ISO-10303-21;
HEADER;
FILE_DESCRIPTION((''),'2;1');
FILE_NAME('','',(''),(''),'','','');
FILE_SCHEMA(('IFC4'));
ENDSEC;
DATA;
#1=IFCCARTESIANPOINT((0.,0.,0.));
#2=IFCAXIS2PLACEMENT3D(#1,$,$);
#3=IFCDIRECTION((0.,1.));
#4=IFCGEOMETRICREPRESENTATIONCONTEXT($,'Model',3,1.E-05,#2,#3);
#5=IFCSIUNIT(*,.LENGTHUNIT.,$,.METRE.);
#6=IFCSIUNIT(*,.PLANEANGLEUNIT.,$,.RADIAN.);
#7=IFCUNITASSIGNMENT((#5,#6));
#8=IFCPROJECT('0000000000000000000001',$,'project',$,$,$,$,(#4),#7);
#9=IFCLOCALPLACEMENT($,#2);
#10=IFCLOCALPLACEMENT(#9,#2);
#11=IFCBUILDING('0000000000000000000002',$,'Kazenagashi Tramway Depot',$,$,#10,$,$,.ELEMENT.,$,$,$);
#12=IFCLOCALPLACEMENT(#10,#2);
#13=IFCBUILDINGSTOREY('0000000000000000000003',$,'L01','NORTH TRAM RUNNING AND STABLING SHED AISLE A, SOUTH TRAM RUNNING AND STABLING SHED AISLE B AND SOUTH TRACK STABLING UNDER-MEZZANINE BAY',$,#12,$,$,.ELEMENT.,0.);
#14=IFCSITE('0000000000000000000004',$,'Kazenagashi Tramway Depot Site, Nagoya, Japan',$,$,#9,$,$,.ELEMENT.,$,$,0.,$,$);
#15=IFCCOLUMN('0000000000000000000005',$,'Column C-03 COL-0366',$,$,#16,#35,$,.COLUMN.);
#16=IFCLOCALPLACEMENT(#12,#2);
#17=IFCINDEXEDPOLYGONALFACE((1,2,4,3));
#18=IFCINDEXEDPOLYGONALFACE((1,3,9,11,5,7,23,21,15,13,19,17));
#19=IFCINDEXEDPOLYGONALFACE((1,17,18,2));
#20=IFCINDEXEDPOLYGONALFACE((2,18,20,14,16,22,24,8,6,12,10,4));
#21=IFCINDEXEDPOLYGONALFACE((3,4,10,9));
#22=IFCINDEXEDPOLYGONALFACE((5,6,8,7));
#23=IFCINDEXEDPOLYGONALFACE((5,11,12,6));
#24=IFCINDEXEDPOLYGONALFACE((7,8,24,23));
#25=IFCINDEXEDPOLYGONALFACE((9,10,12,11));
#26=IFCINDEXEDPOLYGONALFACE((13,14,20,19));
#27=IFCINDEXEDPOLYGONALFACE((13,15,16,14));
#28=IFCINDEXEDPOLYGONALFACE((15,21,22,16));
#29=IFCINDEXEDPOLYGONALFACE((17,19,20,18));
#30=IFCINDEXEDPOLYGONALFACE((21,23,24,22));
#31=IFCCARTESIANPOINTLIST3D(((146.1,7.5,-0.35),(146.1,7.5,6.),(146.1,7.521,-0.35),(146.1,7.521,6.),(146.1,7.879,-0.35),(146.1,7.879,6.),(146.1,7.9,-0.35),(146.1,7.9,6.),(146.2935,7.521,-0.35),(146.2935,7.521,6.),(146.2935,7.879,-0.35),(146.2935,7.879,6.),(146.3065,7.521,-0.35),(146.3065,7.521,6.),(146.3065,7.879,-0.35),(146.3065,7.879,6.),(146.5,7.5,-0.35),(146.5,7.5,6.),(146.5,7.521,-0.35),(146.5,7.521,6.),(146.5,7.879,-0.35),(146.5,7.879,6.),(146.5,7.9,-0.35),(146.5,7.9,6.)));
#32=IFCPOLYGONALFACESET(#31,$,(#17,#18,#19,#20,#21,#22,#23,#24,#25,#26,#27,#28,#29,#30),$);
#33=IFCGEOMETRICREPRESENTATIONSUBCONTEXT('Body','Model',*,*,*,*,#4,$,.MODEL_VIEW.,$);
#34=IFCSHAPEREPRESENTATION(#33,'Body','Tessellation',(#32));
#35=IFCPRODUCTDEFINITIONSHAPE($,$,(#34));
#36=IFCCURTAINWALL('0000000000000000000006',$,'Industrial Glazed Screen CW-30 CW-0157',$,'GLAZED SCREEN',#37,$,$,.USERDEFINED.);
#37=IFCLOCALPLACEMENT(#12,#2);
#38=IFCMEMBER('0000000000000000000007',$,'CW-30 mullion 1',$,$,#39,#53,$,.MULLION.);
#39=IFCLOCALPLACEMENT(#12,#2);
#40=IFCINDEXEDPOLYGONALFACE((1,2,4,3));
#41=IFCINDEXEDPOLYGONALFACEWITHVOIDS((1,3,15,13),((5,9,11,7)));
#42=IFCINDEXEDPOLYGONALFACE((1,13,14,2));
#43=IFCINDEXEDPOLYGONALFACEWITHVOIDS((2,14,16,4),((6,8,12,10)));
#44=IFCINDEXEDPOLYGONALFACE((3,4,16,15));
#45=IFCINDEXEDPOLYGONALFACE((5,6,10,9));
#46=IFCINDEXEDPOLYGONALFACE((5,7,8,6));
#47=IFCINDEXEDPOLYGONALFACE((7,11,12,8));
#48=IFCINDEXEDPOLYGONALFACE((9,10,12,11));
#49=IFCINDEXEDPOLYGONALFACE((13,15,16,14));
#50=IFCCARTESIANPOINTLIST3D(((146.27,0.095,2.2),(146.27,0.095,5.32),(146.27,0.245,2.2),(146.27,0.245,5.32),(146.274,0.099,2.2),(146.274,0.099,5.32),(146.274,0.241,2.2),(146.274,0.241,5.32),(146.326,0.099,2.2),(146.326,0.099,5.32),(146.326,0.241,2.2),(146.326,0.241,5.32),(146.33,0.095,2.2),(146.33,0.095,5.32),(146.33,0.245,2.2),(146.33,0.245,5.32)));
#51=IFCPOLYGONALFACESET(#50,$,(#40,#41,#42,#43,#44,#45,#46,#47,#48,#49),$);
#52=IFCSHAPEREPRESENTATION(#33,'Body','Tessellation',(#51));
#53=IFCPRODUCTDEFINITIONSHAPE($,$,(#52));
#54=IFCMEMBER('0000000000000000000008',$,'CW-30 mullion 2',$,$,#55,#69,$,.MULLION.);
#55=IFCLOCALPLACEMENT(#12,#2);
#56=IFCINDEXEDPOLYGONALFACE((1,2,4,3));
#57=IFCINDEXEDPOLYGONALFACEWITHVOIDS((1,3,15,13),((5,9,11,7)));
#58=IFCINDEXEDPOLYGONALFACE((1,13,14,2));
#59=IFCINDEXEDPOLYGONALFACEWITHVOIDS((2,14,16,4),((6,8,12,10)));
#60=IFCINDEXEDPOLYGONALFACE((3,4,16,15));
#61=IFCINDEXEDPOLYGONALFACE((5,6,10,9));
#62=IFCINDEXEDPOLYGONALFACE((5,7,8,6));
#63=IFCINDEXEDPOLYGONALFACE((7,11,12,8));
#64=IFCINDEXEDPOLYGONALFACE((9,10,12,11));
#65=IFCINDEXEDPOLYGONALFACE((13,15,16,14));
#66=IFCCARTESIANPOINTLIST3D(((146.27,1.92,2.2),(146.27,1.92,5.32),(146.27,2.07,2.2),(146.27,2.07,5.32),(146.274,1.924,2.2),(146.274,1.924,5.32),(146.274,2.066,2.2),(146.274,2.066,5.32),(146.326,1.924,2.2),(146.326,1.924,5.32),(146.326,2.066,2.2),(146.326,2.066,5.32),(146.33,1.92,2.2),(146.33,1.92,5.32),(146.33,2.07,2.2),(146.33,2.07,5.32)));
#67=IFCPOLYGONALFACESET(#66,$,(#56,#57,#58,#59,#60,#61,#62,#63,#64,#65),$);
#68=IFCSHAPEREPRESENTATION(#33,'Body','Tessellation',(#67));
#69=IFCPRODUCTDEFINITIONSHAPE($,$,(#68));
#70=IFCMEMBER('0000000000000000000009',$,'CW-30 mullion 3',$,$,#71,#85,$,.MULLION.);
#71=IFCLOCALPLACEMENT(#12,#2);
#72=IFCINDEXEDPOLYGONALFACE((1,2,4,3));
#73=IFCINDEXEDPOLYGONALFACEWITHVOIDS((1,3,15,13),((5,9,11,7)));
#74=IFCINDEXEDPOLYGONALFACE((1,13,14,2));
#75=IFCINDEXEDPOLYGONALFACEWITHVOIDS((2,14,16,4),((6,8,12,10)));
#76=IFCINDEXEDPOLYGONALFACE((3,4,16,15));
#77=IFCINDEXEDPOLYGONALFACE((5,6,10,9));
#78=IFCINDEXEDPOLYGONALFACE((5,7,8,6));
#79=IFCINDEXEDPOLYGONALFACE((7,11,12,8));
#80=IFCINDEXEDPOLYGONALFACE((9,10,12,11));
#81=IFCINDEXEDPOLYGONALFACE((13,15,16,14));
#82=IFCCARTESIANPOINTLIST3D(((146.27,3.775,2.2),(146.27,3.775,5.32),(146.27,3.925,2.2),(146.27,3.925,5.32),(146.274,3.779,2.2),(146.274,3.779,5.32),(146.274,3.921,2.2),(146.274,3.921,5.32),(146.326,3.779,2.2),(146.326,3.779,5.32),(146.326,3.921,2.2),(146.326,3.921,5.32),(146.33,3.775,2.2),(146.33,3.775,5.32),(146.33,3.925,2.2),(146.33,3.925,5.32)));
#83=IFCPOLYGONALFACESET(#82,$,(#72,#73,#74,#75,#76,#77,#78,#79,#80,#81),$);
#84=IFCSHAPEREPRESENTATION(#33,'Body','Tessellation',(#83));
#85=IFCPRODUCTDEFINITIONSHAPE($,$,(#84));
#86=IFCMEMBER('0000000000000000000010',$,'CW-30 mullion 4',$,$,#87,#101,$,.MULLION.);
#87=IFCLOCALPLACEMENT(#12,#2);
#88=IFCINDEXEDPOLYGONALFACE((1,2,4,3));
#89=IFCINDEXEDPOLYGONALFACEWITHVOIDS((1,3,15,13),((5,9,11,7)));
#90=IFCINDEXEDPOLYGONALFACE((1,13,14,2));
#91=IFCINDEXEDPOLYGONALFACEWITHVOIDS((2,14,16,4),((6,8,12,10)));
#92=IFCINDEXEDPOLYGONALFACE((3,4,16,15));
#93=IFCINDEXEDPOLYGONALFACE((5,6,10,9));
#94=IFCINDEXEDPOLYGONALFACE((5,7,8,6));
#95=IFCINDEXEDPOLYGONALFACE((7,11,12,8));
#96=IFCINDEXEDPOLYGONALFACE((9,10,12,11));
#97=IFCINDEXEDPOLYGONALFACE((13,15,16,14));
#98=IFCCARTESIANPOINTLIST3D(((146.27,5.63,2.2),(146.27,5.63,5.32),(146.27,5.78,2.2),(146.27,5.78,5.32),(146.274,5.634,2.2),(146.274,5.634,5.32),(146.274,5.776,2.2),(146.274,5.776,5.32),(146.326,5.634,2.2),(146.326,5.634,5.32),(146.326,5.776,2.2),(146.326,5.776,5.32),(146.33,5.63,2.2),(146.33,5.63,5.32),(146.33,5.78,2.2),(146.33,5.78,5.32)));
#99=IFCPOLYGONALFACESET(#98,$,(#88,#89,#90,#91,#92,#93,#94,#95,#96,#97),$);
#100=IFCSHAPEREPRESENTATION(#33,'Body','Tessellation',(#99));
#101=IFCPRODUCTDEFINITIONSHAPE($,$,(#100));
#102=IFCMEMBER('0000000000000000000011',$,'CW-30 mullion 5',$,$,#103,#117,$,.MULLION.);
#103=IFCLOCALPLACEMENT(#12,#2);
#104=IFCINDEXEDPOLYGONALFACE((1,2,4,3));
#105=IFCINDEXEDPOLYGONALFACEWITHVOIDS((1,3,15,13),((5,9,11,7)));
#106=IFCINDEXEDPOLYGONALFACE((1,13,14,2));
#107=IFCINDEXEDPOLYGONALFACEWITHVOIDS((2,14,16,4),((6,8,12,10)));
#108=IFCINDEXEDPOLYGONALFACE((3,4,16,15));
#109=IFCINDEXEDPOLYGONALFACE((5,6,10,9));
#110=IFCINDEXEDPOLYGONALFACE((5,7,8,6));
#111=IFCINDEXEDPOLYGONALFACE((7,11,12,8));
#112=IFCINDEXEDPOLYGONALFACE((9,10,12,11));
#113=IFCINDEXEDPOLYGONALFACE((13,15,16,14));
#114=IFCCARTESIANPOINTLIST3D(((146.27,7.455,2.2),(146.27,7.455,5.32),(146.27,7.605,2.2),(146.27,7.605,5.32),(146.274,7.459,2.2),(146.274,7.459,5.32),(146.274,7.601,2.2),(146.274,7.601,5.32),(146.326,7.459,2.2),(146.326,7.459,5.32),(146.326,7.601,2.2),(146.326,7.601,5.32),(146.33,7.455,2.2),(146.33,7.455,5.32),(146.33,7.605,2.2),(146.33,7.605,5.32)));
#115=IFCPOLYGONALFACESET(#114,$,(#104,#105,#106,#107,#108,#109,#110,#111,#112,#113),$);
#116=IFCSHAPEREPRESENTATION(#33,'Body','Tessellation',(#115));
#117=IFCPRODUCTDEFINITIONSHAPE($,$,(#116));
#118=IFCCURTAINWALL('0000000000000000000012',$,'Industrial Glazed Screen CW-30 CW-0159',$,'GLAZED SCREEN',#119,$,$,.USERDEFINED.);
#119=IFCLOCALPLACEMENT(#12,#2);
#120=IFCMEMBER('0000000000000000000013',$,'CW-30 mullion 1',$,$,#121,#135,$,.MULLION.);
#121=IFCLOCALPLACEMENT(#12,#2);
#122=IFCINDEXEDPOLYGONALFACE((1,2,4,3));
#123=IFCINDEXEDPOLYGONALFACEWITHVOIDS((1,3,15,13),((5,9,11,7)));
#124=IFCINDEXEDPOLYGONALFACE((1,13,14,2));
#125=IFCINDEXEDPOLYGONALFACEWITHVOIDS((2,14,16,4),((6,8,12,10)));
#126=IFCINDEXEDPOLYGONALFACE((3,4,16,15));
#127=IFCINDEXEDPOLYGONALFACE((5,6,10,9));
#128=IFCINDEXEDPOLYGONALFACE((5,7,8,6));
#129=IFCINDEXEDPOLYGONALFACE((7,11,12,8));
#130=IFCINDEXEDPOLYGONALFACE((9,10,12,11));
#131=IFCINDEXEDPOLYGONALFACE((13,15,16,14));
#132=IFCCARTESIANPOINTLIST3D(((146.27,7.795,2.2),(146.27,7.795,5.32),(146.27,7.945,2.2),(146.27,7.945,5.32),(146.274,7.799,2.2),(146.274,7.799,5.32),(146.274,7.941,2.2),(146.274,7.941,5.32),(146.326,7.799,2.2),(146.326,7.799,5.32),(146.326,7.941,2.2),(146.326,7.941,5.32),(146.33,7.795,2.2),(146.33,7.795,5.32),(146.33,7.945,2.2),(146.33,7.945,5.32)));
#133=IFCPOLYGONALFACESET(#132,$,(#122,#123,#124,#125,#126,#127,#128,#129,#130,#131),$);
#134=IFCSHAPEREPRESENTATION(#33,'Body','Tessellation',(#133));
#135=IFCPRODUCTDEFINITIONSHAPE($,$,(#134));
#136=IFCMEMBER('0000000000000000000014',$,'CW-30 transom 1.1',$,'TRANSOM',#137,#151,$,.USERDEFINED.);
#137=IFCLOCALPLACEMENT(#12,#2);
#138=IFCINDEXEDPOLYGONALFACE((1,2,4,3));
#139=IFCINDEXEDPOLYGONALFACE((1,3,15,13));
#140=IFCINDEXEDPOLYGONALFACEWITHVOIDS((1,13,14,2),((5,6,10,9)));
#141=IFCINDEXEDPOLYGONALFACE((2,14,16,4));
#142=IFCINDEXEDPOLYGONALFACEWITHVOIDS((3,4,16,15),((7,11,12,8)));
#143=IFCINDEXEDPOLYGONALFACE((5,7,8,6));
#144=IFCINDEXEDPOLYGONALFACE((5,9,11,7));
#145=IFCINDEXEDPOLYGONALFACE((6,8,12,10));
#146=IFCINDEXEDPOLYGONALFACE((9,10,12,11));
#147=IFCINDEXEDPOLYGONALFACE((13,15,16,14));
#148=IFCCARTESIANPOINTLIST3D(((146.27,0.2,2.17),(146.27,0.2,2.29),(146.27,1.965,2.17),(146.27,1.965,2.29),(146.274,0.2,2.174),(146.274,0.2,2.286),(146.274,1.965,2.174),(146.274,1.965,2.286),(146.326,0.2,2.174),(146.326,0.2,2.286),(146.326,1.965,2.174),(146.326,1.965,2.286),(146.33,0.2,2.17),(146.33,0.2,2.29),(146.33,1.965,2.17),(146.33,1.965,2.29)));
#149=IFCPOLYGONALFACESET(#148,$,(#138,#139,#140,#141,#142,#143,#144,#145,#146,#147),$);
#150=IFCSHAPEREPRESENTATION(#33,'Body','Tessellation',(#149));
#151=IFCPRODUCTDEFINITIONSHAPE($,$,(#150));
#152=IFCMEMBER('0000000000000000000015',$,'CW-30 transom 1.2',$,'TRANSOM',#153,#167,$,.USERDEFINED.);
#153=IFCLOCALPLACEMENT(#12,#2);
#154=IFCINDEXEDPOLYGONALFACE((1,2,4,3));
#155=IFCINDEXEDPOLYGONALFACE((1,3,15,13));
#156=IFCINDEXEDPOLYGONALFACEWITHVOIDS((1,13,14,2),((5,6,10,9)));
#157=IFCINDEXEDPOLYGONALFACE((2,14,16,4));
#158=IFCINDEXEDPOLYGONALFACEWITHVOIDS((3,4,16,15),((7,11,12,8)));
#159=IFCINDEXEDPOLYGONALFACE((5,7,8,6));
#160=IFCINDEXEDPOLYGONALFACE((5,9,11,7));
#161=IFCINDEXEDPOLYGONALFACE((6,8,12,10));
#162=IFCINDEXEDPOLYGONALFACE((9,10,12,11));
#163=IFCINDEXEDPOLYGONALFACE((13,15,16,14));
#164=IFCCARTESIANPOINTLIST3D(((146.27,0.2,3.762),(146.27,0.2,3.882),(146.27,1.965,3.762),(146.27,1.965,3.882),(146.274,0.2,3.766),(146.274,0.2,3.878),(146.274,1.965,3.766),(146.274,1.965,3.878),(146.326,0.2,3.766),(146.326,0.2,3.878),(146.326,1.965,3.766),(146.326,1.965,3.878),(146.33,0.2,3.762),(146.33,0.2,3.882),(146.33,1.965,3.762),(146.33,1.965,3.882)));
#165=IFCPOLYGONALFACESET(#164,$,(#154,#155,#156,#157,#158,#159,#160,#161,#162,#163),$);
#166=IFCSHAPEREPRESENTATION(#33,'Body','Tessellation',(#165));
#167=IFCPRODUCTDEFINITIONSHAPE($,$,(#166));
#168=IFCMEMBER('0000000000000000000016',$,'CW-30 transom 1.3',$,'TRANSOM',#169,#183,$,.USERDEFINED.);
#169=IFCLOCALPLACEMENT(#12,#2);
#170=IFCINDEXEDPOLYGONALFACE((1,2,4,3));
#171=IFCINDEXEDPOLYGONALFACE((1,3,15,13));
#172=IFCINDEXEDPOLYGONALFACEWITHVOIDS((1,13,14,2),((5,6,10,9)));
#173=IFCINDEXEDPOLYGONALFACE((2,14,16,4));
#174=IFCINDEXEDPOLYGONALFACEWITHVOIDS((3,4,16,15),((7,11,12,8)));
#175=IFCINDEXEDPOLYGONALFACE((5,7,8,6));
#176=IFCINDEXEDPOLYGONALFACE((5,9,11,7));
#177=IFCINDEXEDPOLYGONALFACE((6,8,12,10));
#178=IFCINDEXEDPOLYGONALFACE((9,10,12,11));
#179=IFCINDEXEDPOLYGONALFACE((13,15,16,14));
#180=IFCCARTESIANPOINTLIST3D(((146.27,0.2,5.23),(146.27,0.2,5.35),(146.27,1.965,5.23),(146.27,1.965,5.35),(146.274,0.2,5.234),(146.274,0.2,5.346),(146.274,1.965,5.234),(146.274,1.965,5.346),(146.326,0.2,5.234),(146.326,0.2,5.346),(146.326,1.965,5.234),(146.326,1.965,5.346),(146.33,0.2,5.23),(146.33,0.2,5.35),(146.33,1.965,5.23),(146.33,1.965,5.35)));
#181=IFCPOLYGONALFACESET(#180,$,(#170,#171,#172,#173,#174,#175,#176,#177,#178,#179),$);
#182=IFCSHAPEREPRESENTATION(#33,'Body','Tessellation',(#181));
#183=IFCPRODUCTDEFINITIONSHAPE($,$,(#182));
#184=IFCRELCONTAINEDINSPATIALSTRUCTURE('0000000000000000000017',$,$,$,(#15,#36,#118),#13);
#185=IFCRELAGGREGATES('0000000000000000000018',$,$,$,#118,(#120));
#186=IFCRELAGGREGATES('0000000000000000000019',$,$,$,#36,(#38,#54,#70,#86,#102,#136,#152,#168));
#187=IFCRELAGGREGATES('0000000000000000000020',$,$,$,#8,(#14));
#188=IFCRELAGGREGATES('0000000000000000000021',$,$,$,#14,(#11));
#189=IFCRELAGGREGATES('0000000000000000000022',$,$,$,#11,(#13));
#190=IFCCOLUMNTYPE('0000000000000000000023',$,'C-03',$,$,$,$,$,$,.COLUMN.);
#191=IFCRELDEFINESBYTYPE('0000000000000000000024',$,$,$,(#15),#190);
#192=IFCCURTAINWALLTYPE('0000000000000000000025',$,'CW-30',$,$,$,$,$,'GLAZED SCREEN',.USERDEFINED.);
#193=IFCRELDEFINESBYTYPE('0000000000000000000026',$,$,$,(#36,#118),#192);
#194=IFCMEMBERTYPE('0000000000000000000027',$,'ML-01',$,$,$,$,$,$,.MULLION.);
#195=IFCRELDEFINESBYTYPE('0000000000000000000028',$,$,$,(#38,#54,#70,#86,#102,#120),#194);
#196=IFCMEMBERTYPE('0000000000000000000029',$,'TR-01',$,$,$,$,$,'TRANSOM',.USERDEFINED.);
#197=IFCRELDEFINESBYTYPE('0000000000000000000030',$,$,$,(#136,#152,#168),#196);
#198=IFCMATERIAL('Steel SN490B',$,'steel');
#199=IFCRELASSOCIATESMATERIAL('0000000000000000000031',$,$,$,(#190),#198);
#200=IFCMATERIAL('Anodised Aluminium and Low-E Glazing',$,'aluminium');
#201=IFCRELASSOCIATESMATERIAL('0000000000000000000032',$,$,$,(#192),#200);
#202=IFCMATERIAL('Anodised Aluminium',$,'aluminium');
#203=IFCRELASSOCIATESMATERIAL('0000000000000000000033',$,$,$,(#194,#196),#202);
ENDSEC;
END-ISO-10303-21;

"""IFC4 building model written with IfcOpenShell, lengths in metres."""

from ifc_helpers import new_model, si_unit, direction, frame, origin, origin_2d, place, context, subcontext, project, spatial, hollow_rectangle, i_section, extrude, material, material_profile, profile_set, type_object, element, aggregate, save


model = new_model("IFC4")

# Units and contexts
model_context = context("Model", 3, precision=1e-05, world=origin(), true_north=direction((0.0, 1.0)))
body_context = subcontext(model_context, "Body", "Model", "MODEL_VIEW")
ifc_project = project(units=[si_unit("LENGTHUNIT", "METRE"), si_unit("PLANEANGLEUNIT", "RADIAN")], contexts=[model_context])

# Site, building, storey
site_placement = place(None, origin())
site = spatial("IfcSite", under=ifc_project, at=site_placement, Name="Kazenagashi Tramway Depot Site, Nagoya, Japan", CompositionType="ELEMENT", RefElevation=0.0)
building_placement = place(site_placement, origin())
building = spatial("IfcBuilding", under=site, at=building_placement, Name="Kazenagashi Tramway Depot", CompositionType="ELEMENT")
storey_placement = place(building_placement, origin())
storey = spatial("IfcBuildingStorey", under=building, at=storey_placement, Name="L01", Description="NORTH TRAM RUNNING AND STABLING SHED AISLE A, SOUTH TRAM RUNNING AND STABLING SHED AISLE B AND SOUTH TRACK STABLING UNDER-MEZZANINE BAY", CompositionType="ELEMENT", Elevation=0.0)

# Column
ifc_material_1 = material(Name="Steel SN490B", Category="steel")
ifc_material_profile_1 = material_profile(ifc_material_1, i_section(OverallWidth=0.4, OverallDepth=0.4, WebThickness=0.013, FlangeThickness=0.021, at=origin_2d()), Name="H-400x400x13x21")
ifc_profile_set_1 = profile_set([ifc_material_profile_1], Name="Steel SN490B")
column_type = type_object("IfcColumnType", Name="C-03", PredefinedType="COLUMN", material=ifc_profile_set_1)
column_placement = place(storey_placement, frame((146.3, 7.7, -0.35), z_axis=(0.0, 0.0, 1.0), x_axis=(1.0, 0.0, 0.0)))
element("IfcColumn", 1, at=column_placement, inside=storey, type_object=column_type, Name="Column C-03 COL-0366", PredefinedType="COLUMN", context=body_context, shape_type="SweptSolid", body=[
    extrude(i_section(OverallWidth=0.4, OverallDepth=0.4, WebThickness=0.013, FlangeThickness=0.021, at=origin_2d()), origin(), (0.0, 0.0, 1.0), 6.35),
])

# Curtain wall, members
ifc_material_2 = material(Name="Anodised Aluminium and Low-E Glazing", Category="aluminium")
curtain_wall_type = type_object("IfcCurtainWallType", Name="CW-30", ElementType="GLAZED SCREEN", PredefinedType="USERDEFINED", material=ifc_material_2)
curtain_wall_1_placement = place(storey_placement, origin())
curtain_wall_1 = element("IfcCurtainWall", 2, at=curtain_wall_1_placement, inside=storey, type_object=curtain_wall_type, Name="Industrial Glazed Screen CW-30 CW-0157", ObjectType="GLAZED SCREEN", PredefinedType="USERDEFINED")
ifc_material_3 = material(Name="Anodised Aluminium", Category="aluminium")
ifc_material_profile_2 = material_profile(ifc_material_3, hollow_rectangle(XDim=0.06, YDim=0.15, WallThickness=0.004, at=origin_2d()), Name="RHS-150x60x4")
ifc_profile_set_2 = profile_set([ifc_material_profile_2], Name="Anodised Aluminium")
member_type_1 = type_object("IfcMemberType", Name="ML-01", PredefinedType="MULLION", material=ifc_profile_set_2)
member_1_placement = place(storey_placement, frame((146.3, 0.17, 2.2), z_axis=(0.0, 0.0, 1.0), x_axis=(-1.0, 0.0, 0.0)))
member_1 = element("IfcMember", 3, at=member_1_placement, type_object=member_type_1, Name="CW-30 mullion 1", PredefinedType="MULLION", context=body_context, shape_type="SweptSolid", body=[
    extrude(hollow_rectangle(XDim=0.06, YDim=0.15, WallThickness=0.004, at=origin_2d()), origin(), (0.0, 0.0, 1.0), 3.12),
])
member_2_placement = place(storey_placement, frame((146.3, 1.995, 2.2), z_axis=(0.0, 0.0, 1.0), x_axis=(-1.0, 0.0, 0.0)))
member_2 = element("IfcMember", 4, at=member_2_placement, type_object=member_type_1, Name="CW-30 mullion 2", PredefinedType="MULLION", context=body_context, shape_type="SweptSolid", body=[
    extrude(hollow_rectangle(XDim=0.06, YDim=0.15, WallThickness=0.004, at=origin_2d()), origin(), (0.0, 0.0, 1.0), 3.12),
])
member_3_placement = place(storey_placement, frame((146.3, 3.85, 2.2), z_axis=(0.0, 0.0, 1.0), x_axis=(-1.0, 0.0, 0.0)))
member_3 = element("IfcMember", 5, at=member_3_placement, type_object=member_type_1, Name="CW-30 mullion 3", PredefinedType="MULLION", context=body_context, shape_type="SweptSolid", body=[
    extrude(hollow_rectangle(XDim=0.06, YDim=0.15, WallThickness=0.004, at=origin_2d()), origin(), (0.0, 0.0, 1.0), 3.12),
])
member_4_placement = place(storey_placement, frame((146.3, 5.705, 2.2), z_axis=(0.0, 0.0, 1.0), x_axis=(-1.0, 0.0, 0.0)))
member_4 = element("IfcMember", 6, at=member_4_placement, type_object=member_type_1, Name="CW-30 mullion 4", PredefinedType="MULLION", context=body_context, shape_type="SweptSolid", body=[
    extrude(hollow_rectangle(XDim=0.06, YDim=0.15, WallThickness=0.004, at=origin_2d()), origin(), (0.0, 0.0, 1.0), 3.12),
])
member_5_placement = place(storey_placement, frame((146.3, 7.53, 2.2), z_axis=(0.0, 0.0, 1.0), x_axis=(-1.0, 0.0, 0.0)))
member_5 = element("IfcMember", 7, at=member_5_placement, type_object=member_type_1, Name="CW-30 mullion 5", PredefinedType="MULLION", context=body_context, shape_type="SweptSolid", body=[
    extrude(hollow_rectangle(XDim=0.06, YDim=0.15, WallThickness=0.004, at=origin_2d()), origin(), (0.0, 0.0, 1.0), 3.12),
])

# Curtain wall, member
curtain_wall_2_placement = place(storey_placement, origin())
curtain_wall_2 = element("IfcCurtainWall", 8, at=curtain_wall_2_placement, inside=storey, type_object=curtain_wall_type, Name="Industrial Glazed Screen CW-30 CW-0159", ObjectType="GLAZED SCREEN", PredefinedType="USERDEFINED")
member_6_placement = place(storey_placement, frame((146.3, 7.87, 2.2), z_axis=(0.0, 0.0, 1.0), x_axis=(-1.0, 0.0, 0.0)))
member_6 = element("IfcMember", 9, at=member_6_placement, type_object=member_type_1, Name="CW-30 mullion 1", PredefinedType="MULLION", context=body_context, shape_type="SweptSolid", body=[
    extrude(hollow_rectangle(XDim=0.06, YDim=0.15, WallThickness=0.004, at=origin_2d()), origin(), (0.0, 0.0, 1.0), 3.12),
])
aggregate(curtain_wall_2, [member_6])

# Members
ifc_material_profile_3 = material_profile(ifc_material_3, hollow_rectangle(XDim=0.06, YDim=0.12, WallThickness=0.004, at=origin_2d()), Name="RHS-120x60x4")
ifc_profile_set_3 = profile_set([ifc_material_profile_3], Name="Anodised Aluminium")
member_type_2 = type_object("IfcMemberType", Name="TR-01", ElementType="TRANSOM", PredefinedType="USERDEFINED", material=ifc_profile_set_3)
member_7_placement = place(storey_placement, frame((146.3, 0.2, 2.23), z_axis=(0.0, 1.0, 0.0), x_axis=(-1.0, 0.0, 0.0)))
member_7 = element("IfcMember", 10, at=member_7_placement, type_object=member_type_2, Name="CW-30 transom 1.1", ObjectType="TRANSOM", PredefinedType="USERDEFINED", context=body_context, shape_type="SweptSolid", body=[
    extrude(hollow_rectangle(XDim=0.06, YDim=0.12, WallThickness=0.004, at=origin_2d()), origin(), (0.0, 0.0, 1.0), 1.765),
])
member_8_placement = place(storey_placement, frame((146.3, 0.2, 3.822), z_axis=(0.0, 1.0, 0.0), x_axis=(-1.0, 0.0, 0.0)))
member_8 = element("IfcMember", 11, at=member_8_placement, type_object=member_type_2, Name="CW-30 transom 1.2", ObjectType="TRANSOM", PredefinedType="USERDEFINED", context=body_context, shape_type="SweptSolid", body=[
    extrude(hollow_rectangle(XDim=0.06, YDim=0.12, WallThickness=0.004, at=origin_2d()), origin(), (0.0, 0.0, 1.0), 1.765),
])
member_9_placement = place(storey_placement, frame((146.3, 0.2, 5.29), z_axis=(0.0, 1.0, 0.0), x_axis=(-1.0, 0.0, 0.0)))
member_9 = element("IfcMember", 12, at=member_9_placement, type_object=member_type_2, Name="CW-30 transom 1.3", ObjectType="TRANSOM", PredefinedType="USERDEFINED", context=body_context, shape_type="SweptSolid", body=[
    extrude(hollow_rectangle(XDim=0.06, YDim=0.12, WallThickness=0.004, at=origin_2d()), origin(), (0.0, 0.0, 1.0), 1.765),
])

aggregate(curtain_wall_1, [member_1, member_2, member_3, member_4, member_5, member_7, member_8, member_9])

save(model, "model.ifc")
